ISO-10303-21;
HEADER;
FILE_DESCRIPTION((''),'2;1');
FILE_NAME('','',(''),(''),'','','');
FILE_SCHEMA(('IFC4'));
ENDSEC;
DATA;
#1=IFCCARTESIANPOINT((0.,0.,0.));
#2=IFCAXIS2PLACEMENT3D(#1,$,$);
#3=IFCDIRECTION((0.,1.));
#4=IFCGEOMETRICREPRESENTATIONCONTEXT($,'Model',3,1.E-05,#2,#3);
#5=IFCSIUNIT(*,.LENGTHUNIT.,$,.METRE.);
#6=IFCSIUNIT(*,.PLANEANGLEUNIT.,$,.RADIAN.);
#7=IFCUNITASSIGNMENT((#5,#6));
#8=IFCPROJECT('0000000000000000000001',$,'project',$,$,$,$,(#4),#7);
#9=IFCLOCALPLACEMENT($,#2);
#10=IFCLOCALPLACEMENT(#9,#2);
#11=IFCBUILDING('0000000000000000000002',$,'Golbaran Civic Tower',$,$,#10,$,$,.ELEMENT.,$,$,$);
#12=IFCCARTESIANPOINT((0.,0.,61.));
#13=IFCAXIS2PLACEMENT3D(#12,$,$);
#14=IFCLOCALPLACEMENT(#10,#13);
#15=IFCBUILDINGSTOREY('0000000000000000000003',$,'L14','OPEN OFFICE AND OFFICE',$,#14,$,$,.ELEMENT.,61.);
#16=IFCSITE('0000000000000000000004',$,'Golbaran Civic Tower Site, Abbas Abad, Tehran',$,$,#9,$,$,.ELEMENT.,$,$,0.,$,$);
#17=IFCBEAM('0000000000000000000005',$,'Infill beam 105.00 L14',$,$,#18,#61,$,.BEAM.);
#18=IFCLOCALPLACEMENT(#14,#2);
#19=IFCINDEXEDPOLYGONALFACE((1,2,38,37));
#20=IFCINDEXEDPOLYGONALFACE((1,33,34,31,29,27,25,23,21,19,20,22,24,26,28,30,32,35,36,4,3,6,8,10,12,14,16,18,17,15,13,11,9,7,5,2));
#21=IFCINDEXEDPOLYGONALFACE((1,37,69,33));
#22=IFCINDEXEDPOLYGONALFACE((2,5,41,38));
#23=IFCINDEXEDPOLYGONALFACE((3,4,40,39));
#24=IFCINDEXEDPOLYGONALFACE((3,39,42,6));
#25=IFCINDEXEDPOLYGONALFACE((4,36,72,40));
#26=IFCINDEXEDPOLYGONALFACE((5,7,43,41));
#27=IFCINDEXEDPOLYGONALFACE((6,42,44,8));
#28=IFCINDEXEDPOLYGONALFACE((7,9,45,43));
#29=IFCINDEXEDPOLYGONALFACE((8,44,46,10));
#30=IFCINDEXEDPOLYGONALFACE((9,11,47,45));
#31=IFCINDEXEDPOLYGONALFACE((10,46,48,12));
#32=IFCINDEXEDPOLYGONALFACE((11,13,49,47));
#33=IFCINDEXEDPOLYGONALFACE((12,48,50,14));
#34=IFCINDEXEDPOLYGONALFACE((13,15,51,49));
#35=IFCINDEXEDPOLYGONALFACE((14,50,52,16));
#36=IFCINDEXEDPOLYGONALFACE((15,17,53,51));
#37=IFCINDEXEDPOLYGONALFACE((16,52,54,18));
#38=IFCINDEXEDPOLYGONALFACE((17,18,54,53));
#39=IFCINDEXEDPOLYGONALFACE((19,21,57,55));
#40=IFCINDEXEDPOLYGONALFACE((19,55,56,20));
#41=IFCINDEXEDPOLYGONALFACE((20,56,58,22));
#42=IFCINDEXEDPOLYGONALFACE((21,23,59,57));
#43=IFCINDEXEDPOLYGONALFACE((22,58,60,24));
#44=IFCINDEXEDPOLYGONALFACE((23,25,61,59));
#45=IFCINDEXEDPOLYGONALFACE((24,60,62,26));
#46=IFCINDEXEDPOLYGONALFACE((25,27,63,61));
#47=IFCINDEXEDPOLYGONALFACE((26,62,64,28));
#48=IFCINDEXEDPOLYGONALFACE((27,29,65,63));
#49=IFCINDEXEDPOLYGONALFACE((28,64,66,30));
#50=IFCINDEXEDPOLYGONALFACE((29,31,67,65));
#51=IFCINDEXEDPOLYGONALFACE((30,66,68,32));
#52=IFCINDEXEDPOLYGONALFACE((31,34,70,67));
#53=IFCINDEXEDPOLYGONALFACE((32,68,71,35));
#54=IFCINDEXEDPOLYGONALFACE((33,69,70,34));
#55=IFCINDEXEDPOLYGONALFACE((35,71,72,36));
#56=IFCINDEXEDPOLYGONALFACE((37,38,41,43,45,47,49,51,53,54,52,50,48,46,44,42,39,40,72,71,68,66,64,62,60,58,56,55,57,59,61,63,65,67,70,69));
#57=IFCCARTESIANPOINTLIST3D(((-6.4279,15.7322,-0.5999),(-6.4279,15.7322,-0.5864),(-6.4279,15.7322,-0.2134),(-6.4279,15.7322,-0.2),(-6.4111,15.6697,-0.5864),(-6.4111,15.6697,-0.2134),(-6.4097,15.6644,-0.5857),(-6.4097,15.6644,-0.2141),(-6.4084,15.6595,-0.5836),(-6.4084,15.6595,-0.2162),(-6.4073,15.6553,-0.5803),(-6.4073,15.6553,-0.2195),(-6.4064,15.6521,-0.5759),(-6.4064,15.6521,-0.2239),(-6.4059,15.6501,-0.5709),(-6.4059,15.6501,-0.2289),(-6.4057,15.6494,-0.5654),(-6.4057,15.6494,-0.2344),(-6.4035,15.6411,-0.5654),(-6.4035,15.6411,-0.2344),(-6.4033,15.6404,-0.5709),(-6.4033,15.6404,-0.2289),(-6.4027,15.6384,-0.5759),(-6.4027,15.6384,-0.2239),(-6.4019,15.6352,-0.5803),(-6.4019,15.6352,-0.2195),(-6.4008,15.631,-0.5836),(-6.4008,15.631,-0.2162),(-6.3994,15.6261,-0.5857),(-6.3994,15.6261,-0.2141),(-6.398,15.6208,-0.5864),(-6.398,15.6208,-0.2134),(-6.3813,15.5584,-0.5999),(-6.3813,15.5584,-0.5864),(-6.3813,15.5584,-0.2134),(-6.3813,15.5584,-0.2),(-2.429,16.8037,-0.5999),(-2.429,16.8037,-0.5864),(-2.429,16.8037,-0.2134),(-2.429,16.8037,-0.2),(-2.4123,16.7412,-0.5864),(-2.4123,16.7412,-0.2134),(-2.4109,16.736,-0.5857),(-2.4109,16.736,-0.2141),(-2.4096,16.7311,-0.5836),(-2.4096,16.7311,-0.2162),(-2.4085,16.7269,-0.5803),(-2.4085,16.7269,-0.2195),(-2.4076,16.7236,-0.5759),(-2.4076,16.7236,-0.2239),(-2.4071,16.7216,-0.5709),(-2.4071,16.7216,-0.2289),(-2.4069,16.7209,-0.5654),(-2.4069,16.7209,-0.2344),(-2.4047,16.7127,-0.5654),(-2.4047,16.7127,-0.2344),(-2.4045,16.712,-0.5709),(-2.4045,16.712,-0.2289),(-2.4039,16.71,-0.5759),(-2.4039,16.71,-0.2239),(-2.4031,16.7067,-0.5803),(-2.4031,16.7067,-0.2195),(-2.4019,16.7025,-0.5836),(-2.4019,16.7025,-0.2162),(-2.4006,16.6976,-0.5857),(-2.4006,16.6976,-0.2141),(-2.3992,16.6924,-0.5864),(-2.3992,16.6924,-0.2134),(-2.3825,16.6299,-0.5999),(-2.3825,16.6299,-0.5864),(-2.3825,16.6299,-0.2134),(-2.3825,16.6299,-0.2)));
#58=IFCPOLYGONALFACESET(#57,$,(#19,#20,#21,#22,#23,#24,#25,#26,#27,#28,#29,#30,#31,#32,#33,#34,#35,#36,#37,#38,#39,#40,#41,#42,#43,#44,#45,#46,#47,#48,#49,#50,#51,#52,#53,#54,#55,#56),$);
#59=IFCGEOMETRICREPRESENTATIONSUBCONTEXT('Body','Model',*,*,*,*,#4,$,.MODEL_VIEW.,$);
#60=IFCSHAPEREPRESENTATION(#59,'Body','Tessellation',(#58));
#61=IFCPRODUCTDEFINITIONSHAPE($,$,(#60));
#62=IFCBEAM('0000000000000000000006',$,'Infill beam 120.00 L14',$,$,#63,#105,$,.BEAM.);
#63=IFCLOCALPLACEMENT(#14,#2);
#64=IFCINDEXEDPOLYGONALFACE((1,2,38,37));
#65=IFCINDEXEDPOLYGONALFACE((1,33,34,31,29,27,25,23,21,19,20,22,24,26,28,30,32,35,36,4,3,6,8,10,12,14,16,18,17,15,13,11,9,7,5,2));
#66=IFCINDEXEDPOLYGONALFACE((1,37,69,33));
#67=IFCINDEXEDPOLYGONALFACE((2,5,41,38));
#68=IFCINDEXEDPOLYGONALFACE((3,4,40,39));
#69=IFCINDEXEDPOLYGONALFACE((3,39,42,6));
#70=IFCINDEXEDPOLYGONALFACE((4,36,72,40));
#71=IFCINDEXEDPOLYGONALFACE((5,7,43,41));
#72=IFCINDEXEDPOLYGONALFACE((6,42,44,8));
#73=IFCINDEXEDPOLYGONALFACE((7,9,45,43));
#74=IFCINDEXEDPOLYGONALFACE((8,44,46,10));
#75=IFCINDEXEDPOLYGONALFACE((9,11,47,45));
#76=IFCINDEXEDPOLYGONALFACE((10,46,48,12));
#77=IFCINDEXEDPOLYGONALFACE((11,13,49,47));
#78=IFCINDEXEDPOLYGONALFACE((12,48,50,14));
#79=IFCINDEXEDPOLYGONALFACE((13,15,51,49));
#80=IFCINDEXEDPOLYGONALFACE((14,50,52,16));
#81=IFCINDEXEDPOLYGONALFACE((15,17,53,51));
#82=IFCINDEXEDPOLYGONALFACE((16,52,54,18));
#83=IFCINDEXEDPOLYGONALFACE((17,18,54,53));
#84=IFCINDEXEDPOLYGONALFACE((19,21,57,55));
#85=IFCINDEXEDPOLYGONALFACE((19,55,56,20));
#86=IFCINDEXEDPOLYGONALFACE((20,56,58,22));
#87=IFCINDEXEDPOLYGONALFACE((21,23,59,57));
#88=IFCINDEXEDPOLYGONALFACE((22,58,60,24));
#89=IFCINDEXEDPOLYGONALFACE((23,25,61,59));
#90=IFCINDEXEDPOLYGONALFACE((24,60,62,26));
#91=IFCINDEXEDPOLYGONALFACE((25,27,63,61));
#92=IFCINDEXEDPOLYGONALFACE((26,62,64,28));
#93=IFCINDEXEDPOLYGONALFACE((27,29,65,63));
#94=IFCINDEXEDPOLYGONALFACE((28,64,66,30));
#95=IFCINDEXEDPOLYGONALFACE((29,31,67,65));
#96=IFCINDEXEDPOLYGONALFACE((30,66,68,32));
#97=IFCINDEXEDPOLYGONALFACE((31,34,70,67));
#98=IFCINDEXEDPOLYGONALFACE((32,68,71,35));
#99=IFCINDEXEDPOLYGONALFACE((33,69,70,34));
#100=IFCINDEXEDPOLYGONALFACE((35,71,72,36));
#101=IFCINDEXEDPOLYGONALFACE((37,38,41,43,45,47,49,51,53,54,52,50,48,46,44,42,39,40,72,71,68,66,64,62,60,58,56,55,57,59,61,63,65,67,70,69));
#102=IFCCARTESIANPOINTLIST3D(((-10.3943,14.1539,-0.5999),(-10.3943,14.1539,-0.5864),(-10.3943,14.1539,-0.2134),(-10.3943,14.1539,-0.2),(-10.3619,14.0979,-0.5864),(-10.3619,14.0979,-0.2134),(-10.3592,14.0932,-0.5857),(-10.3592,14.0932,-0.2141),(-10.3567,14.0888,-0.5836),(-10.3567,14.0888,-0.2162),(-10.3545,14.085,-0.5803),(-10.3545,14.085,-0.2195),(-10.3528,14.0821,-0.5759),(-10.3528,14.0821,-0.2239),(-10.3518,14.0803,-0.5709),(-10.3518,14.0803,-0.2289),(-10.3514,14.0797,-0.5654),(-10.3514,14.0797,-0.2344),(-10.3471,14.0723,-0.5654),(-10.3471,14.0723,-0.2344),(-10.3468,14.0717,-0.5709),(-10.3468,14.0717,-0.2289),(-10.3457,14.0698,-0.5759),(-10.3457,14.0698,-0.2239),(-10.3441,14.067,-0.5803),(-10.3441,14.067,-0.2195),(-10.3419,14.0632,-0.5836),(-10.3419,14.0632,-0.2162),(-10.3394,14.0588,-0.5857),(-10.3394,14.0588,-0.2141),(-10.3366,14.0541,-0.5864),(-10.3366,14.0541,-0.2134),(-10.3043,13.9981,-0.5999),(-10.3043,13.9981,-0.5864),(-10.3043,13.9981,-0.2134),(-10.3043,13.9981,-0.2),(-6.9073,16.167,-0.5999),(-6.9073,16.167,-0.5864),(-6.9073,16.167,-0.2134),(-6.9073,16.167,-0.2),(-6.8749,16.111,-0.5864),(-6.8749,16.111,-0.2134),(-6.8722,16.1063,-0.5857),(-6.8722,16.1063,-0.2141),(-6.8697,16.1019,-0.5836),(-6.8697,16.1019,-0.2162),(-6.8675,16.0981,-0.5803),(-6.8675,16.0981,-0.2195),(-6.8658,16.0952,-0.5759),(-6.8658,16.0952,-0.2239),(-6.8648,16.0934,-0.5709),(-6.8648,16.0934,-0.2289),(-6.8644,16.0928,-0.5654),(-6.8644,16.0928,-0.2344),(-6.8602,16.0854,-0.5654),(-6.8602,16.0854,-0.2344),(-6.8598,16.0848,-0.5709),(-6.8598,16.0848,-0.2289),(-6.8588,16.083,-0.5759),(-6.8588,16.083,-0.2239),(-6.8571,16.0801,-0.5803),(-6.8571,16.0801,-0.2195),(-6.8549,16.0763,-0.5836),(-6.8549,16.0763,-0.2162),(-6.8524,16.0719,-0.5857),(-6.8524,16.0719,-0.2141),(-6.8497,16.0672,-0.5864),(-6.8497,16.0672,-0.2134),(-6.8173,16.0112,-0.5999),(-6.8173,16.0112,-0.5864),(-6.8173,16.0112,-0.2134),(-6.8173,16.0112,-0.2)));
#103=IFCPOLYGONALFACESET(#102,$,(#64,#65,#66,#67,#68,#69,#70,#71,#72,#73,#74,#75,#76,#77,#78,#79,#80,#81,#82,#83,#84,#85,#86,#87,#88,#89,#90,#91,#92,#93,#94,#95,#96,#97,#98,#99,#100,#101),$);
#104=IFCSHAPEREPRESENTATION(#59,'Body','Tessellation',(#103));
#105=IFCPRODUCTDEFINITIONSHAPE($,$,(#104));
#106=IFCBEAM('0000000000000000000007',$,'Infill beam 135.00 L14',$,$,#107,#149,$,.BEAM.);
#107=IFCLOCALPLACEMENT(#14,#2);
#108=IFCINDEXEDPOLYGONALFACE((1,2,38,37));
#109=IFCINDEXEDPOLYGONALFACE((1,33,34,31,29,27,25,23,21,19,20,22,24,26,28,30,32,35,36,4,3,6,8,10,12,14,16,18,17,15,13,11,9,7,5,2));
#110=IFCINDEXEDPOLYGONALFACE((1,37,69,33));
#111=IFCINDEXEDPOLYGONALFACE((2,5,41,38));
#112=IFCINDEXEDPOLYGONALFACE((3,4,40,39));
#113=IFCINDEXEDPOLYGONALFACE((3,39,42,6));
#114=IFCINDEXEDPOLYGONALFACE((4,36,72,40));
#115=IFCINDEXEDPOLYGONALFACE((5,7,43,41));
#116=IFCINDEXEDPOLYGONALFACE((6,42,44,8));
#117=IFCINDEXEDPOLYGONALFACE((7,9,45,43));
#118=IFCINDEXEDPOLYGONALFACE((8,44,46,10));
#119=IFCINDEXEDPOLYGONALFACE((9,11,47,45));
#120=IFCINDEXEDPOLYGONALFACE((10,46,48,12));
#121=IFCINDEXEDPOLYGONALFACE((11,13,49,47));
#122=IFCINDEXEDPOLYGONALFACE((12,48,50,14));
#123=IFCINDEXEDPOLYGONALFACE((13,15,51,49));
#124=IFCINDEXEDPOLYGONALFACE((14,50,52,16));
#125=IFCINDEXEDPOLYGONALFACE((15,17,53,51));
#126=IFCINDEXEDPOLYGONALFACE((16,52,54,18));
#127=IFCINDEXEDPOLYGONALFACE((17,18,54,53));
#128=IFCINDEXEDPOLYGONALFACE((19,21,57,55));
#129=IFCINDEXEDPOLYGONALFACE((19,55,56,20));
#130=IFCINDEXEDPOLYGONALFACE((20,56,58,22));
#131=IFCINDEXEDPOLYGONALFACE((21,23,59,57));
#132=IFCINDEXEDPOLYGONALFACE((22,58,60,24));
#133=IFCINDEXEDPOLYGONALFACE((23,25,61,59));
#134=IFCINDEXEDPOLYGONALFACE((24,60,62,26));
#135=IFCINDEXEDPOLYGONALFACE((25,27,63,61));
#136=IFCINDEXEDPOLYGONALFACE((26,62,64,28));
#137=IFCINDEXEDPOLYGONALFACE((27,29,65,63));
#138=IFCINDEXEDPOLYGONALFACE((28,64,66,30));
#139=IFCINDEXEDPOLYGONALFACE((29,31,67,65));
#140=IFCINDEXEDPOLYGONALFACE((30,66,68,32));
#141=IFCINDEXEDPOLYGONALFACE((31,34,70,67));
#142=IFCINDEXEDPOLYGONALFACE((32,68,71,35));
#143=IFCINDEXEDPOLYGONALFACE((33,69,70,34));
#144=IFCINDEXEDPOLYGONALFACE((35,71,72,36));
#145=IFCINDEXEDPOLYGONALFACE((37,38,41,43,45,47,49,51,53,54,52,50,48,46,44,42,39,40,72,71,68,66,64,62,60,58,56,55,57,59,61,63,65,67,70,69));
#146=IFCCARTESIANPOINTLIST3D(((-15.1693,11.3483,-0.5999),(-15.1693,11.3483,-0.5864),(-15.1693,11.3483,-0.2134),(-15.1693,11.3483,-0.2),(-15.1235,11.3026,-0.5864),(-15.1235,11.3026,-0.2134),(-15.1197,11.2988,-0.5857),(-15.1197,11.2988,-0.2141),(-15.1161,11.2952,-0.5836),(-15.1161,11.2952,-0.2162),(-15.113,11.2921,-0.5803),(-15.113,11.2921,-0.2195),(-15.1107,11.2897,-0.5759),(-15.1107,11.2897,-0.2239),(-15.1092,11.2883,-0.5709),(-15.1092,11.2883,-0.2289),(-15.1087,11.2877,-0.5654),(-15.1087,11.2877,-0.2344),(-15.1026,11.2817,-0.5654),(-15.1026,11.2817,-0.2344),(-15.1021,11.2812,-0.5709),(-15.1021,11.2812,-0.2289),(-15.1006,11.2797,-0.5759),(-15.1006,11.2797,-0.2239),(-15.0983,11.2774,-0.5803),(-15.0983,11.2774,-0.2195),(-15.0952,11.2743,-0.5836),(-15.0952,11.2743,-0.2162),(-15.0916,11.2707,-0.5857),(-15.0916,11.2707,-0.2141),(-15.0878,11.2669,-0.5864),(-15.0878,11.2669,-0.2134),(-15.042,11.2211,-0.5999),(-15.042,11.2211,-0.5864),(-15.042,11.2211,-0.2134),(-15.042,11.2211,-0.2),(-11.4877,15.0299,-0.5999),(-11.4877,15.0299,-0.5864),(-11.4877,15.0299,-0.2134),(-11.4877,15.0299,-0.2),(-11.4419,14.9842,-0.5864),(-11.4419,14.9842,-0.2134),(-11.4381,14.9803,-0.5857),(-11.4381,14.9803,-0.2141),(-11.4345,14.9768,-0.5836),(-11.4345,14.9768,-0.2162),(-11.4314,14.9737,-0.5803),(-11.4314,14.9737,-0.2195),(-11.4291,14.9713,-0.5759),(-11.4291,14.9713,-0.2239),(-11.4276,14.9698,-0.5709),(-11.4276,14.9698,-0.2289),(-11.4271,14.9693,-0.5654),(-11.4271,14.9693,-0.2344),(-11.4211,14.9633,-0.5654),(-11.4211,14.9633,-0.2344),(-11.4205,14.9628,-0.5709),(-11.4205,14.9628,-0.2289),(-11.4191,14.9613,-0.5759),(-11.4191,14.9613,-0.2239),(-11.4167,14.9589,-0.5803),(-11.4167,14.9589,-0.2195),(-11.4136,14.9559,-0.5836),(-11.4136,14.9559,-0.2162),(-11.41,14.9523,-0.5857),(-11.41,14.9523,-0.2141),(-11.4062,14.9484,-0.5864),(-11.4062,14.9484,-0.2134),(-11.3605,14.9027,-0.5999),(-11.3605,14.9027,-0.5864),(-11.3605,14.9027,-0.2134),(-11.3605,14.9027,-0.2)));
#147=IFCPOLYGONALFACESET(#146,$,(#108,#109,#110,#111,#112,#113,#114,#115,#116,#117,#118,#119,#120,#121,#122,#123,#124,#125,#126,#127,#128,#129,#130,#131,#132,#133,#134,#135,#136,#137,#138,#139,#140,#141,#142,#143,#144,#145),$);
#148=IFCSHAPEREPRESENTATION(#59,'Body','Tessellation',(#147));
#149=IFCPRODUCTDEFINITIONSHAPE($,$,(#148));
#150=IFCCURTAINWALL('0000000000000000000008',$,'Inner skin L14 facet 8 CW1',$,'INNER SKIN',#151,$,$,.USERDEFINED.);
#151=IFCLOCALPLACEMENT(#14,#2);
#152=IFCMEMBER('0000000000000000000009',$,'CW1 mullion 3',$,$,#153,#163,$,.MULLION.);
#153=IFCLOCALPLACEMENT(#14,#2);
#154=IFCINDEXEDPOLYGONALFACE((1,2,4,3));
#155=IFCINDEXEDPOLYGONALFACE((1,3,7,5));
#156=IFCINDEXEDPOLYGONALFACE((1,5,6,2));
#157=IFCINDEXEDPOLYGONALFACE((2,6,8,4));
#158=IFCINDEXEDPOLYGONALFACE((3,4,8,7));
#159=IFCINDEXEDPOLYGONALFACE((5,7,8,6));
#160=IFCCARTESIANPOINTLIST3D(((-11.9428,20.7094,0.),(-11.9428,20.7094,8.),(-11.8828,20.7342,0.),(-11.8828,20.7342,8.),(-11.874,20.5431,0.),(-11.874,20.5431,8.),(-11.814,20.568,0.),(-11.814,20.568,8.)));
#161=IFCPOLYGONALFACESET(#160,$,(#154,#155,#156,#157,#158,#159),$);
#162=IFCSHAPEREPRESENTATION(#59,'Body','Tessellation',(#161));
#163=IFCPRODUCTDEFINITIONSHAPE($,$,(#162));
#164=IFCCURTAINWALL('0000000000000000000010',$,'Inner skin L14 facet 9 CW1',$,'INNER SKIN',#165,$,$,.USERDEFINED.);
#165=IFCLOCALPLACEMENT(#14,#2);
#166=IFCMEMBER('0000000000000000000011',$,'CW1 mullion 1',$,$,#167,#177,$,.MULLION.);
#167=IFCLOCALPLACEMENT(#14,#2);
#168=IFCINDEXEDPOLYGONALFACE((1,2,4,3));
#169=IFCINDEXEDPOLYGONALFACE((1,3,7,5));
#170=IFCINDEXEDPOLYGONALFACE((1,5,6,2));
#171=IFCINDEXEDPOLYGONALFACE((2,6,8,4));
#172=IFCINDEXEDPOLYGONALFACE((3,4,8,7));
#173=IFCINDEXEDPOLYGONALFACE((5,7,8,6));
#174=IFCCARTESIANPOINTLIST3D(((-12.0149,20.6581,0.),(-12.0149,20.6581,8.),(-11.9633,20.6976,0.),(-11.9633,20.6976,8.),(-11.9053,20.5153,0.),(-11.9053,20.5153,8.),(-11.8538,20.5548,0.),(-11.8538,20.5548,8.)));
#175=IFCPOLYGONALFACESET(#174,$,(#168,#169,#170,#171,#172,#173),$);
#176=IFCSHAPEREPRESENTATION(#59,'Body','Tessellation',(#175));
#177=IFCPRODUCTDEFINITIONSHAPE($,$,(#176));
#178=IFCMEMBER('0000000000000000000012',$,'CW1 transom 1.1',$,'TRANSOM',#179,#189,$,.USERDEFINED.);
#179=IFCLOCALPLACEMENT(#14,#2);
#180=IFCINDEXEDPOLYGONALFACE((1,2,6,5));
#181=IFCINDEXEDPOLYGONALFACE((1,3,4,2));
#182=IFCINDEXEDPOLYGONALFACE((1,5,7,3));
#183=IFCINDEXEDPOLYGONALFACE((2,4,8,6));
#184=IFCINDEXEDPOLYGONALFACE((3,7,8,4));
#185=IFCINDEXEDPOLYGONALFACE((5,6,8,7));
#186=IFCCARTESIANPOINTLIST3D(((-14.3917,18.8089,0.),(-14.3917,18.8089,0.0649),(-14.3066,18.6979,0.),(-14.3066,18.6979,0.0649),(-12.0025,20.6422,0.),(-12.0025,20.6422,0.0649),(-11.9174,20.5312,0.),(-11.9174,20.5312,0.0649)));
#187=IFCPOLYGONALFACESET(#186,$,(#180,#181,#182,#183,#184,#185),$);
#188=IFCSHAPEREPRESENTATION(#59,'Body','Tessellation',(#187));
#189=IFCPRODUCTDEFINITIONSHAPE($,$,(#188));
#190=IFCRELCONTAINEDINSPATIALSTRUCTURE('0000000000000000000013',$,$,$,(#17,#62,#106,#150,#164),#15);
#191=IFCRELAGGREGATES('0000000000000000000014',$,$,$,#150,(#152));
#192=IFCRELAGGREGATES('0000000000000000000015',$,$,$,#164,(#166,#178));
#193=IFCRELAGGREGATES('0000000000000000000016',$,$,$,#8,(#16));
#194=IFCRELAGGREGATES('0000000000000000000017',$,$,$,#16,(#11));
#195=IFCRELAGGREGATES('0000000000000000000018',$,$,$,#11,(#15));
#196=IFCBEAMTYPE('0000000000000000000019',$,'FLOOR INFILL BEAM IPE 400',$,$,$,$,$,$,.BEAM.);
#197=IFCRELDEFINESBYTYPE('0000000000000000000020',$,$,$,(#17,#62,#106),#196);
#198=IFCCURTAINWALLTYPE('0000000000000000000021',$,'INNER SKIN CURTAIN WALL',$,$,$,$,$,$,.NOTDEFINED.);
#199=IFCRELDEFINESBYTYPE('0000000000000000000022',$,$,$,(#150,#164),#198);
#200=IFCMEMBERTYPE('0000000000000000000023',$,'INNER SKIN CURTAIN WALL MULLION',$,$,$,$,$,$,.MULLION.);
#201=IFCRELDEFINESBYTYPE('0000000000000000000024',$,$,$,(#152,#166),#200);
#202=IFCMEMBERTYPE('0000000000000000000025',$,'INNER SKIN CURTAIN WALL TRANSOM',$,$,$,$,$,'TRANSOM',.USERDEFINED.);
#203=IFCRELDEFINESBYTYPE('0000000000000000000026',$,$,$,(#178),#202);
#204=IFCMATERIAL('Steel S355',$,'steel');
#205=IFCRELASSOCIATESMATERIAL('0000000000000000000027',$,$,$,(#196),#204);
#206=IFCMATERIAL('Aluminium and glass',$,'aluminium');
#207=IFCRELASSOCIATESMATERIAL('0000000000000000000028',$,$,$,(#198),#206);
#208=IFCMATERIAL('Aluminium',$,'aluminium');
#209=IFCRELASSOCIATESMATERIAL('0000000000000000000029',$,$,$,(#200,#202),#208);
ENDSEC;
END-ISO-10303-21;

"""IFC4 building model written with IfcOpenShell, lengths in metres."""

from ifc_helpers import new_model, si_unit, direction, frame, origin, origin_2d, place, context, subcontext, project, spatial, rectangle, i_section, extrude, material, material_profile, profile_set, type_object, element, aggregate, save


model = new_model("IFC4")

# Units and contexts
model_context = context("Model", 3, precision=1e-05, world=origin(), true_north=direction((0.0, 1.0)))
body_context = subcontext(model_context, "Body", "Model", "MODEL_VIEW")
ifc_project = project(units=[si_unit("LENGTHUNIT", "METRE"), si_unit("PLANEANGLEUNIT", "RADIAN")], contexts=[model_context])

# Site, building, storey
site_placement = place(None, origin())
site = spatial("IfcSite", under=ifc_project, at=site_placement, Name="Golbaran Civic Tower Site, Abbas Abad, Tehran", CompositionType="ELEMENT", RefElevation=0.0)
building_placement = place(site_placement, origin())
building = spatial("IfcBuilding", under=site, at=building_placement, Name="Golbaran Civic Tower", CompositionType="ELEMENT")
storey_placement = place(building_placement, frame((0.0, 0.0, 61.0)))
storey = spatial("IfcBuildingStorey", under=building, at=storey_placement, Name="L14", Description="OPEN OFFICE AND OFFICE", CompositionType="ELEMENT", Elevation=61.0)

# Beams
ifc_material_1 = material(Name="Steel S355", Category="steel")
ifc_material_profile_1 = material_profile(ifc_material_1, i_section(OverallWidth=0.1799, OverallDepth=0.3999, WebThickness=0.0085, FlangeThickness=0.0134, FilletRadius=0.021, at=origin_2d()), Name="IPE 400")
ifc_profile_set_1 = profile_set([ifc_material_profile_1], Name="Steel S355")
beam_type_1 = type_object("IfcBeamType", Name="FLOOR INFILL BEAM IPE 400", PredefinedType="BEAM", material=ifc_profile_set_1)
beam_1_placement = place(storey_placement, frame((-2.4058, 16.7168, -0.3999), z_axis=(-0.965922, -0.258833, 0.0), x_axis=(0.258833, -0.965922, 0.0)))
element("IfcBeam", 1, at=beam_1_placement, inside=storey, type_object=beam_type_1, Name="Infill beam 105.00 L14", PredefinedType="BEAM", context=body_context, shape_type="SweptSolid", body=[
    extrude(i_section(OverallWidth=0.1799, OverallDepth=0.3999, WebThickness=0.0085, FlangeThickness=0.0134, FilletRadius=0.021, at=origin_2d()), origin(), (0.0, 0.0, 1.0), 4.1399),
])
beam_2_placement = place(storey_placement, frame((-6.8623, 16.0891, -0.3999), z_axis=(-0.866033, -0.499987, 0.0), x_axis=(0.499987, -0.866033, 0.0)))
element("IfcBeam", 2, at=beam_2_placement, inside=storey, type_object=beam_type_1, Name="Infill beam 120.00 L14", PredefinedType="BEAM", context=body_context, shape_type="SweptSolid", body=[
    extrude(i_section(OverallWidth=0.1799, OverallDepth=0.3999, WebThickness=0.0085, FlangeThickness=0.0134, FilletRadius=0.021, at=origin_2d()), origin(), (0.0, 0.0, 1.0), 4.0264),
])
beam_3_placement = place(storey_placement, frame((-11.4241, 14.9663, -0.3999), z_axis=(-0.707107, -0.707107, 0.0), x_axis=(0.707107, -0.707107, 0.0)))
element("IfcBeam", 3, at=beam_3_placement, inside=storey, type_object=beam_type_1, Name="Infill beam 135.00 L14", PredefinedType="BEAM", context=body_context, shape_type="SweptSolid", body=[
    extrude(i_section(OverallWidth=0.1799, OverallDepth=0.3999, WebThickness=0.0085, FlangeThickness=0.0134, FilletRadius=0.021, at=origin_2d()), origin(), (0.0, 0.0, 1.0), 5.2065),
])

# Curtain wall, member
ifc_material_2 = material(Name="Aluminium and glass", Category="aluminium")
curtain_wall_type = type_object("IfcCurtainWallType", Name="INNER SKIN CURTAIN WALL", PredefinedType="NOTDEFINED", material=ifc_material_2)
curtain_wall_1_placement = place(storey_placement, origin())
curtain_wall_1 = element("IfcCurtainWall", 4, at=curtain_wall_1_placement, inside=storey, type_object=curtain_wall_type, Name="Inner skin L14 facet 8 CW1", ObjectType="INNER SKIN", PredefinedType="USERDEFINED")
ifc_material_3 = material(Name="Aluminium", Category="aluminium")
ifc_material_profile_2 = material_profile(ifc_material_3, rectangle(XDim=0.1799, YDim=0.0649, at=origin_2d()), Name="INNER SKIN CURTAIN WALL MULLION")
ifc_profile_set_2 = profile_set([ifc_material_profile_2], Name="Aluminium")
member_type_1 = type_object("IfcMemberType", Name="INNER SKIN CURTAIN WALL MULLION", PredefinedType="MULLION", material=ifc_profile_set_2)
member_1_placement = place(storey_placement, frame((-11.8784, 20.6387, 0.0), z_axis=(0.0, 0.0, 1.0), x_axis=(0.382683, -0.92388, 0.0)))
member_1 = element("IfcMember", 5, at=member_1_placement, type_object=member_type_1, Name="CW1 mullion 3", PredefinedType="MULLION", context=body_context, shape_type="SweptSolid", body=[
    extrude(rectangle(XDim=0.1799, YDim=0.0649, at=origin_2d()), origin(), (0.0, 0.0, 1.0), 8.0),
])
aggregate(curtain_wall_1, [member_1])

# Curtain wall, members
curtain_wall_2_placement = place(storey_placement, origin())
curtain_wall_2 = element("IfcCurtainWall", 6, at=curtain_wall_2_placement, inside=storey, type_object=curtain_wall_type, Name="Inner skin L14 facet 9 CW1", ObjectType="INNER SKIN", PredefinedType="USERDEFINED")
member_2_placement = place(storey_placement, frame((-11.9343, 20.6064, 0.0), z_axis=(0.0, 0.0, 1.0), x_axis=(0.608761, -0.793353, 0.0)))
member_2 = element("IfcMember", 7, at=member_2_placement, type_object=member_type_1, Name="CW1 mullion 1", PredefinedType="MULLION", context=body_context, shape_type="SweptSolid", body=[
    extrude(rectangle(XDim=0.1799, YDim=0.0649, at=origin_2d()), origin(), (0.0, 0.0, 1.0), 8.0),
])
ifc_material_profile_3 = material_profile(ifc_material_3, rectangle(XDim=0.1399, YDim=0.0649, at=origin_2d()), Name="INNER SKIN CURTAIN WALL TRANSOM")
ifc_profile_set_3 = profile_set([ifc_material_profile_3], Name="Aluminium")
member_type_2 = type_object("IfcMemberType", Name="INNER SKIN CURTAIN WALL TRANSOM", ElementType="TRANSOM", PredefinedType="USERDEFINED", material=ifc_profile_set_3)
member_3_placement = place(storey_placement, frame((-11.96, 20.5867, 0.0325), z_axis=(-0.793356, -0.608758, 0.0), x_axis=(0.608758, -0.793356, 0.0)))
member_3 = element("IfcMember", 8, at=member_3_placement, type_object=member_type_2, Name="CW1 transom 1.1", ObjectType="TRANSOM", PredefinedType="USERDEFINED", context=body_context, shape_type="SweptSolid", body=[
    extrude(rectangle(XDim=0.1399, YDim=0.0649, at=origin_2d()), origin(), (0.0, 0.0, 1.0), 3.0115),
])

aggregate(curtain_wall_2, [member_2, member_3])

save(model, "model.ifc")
